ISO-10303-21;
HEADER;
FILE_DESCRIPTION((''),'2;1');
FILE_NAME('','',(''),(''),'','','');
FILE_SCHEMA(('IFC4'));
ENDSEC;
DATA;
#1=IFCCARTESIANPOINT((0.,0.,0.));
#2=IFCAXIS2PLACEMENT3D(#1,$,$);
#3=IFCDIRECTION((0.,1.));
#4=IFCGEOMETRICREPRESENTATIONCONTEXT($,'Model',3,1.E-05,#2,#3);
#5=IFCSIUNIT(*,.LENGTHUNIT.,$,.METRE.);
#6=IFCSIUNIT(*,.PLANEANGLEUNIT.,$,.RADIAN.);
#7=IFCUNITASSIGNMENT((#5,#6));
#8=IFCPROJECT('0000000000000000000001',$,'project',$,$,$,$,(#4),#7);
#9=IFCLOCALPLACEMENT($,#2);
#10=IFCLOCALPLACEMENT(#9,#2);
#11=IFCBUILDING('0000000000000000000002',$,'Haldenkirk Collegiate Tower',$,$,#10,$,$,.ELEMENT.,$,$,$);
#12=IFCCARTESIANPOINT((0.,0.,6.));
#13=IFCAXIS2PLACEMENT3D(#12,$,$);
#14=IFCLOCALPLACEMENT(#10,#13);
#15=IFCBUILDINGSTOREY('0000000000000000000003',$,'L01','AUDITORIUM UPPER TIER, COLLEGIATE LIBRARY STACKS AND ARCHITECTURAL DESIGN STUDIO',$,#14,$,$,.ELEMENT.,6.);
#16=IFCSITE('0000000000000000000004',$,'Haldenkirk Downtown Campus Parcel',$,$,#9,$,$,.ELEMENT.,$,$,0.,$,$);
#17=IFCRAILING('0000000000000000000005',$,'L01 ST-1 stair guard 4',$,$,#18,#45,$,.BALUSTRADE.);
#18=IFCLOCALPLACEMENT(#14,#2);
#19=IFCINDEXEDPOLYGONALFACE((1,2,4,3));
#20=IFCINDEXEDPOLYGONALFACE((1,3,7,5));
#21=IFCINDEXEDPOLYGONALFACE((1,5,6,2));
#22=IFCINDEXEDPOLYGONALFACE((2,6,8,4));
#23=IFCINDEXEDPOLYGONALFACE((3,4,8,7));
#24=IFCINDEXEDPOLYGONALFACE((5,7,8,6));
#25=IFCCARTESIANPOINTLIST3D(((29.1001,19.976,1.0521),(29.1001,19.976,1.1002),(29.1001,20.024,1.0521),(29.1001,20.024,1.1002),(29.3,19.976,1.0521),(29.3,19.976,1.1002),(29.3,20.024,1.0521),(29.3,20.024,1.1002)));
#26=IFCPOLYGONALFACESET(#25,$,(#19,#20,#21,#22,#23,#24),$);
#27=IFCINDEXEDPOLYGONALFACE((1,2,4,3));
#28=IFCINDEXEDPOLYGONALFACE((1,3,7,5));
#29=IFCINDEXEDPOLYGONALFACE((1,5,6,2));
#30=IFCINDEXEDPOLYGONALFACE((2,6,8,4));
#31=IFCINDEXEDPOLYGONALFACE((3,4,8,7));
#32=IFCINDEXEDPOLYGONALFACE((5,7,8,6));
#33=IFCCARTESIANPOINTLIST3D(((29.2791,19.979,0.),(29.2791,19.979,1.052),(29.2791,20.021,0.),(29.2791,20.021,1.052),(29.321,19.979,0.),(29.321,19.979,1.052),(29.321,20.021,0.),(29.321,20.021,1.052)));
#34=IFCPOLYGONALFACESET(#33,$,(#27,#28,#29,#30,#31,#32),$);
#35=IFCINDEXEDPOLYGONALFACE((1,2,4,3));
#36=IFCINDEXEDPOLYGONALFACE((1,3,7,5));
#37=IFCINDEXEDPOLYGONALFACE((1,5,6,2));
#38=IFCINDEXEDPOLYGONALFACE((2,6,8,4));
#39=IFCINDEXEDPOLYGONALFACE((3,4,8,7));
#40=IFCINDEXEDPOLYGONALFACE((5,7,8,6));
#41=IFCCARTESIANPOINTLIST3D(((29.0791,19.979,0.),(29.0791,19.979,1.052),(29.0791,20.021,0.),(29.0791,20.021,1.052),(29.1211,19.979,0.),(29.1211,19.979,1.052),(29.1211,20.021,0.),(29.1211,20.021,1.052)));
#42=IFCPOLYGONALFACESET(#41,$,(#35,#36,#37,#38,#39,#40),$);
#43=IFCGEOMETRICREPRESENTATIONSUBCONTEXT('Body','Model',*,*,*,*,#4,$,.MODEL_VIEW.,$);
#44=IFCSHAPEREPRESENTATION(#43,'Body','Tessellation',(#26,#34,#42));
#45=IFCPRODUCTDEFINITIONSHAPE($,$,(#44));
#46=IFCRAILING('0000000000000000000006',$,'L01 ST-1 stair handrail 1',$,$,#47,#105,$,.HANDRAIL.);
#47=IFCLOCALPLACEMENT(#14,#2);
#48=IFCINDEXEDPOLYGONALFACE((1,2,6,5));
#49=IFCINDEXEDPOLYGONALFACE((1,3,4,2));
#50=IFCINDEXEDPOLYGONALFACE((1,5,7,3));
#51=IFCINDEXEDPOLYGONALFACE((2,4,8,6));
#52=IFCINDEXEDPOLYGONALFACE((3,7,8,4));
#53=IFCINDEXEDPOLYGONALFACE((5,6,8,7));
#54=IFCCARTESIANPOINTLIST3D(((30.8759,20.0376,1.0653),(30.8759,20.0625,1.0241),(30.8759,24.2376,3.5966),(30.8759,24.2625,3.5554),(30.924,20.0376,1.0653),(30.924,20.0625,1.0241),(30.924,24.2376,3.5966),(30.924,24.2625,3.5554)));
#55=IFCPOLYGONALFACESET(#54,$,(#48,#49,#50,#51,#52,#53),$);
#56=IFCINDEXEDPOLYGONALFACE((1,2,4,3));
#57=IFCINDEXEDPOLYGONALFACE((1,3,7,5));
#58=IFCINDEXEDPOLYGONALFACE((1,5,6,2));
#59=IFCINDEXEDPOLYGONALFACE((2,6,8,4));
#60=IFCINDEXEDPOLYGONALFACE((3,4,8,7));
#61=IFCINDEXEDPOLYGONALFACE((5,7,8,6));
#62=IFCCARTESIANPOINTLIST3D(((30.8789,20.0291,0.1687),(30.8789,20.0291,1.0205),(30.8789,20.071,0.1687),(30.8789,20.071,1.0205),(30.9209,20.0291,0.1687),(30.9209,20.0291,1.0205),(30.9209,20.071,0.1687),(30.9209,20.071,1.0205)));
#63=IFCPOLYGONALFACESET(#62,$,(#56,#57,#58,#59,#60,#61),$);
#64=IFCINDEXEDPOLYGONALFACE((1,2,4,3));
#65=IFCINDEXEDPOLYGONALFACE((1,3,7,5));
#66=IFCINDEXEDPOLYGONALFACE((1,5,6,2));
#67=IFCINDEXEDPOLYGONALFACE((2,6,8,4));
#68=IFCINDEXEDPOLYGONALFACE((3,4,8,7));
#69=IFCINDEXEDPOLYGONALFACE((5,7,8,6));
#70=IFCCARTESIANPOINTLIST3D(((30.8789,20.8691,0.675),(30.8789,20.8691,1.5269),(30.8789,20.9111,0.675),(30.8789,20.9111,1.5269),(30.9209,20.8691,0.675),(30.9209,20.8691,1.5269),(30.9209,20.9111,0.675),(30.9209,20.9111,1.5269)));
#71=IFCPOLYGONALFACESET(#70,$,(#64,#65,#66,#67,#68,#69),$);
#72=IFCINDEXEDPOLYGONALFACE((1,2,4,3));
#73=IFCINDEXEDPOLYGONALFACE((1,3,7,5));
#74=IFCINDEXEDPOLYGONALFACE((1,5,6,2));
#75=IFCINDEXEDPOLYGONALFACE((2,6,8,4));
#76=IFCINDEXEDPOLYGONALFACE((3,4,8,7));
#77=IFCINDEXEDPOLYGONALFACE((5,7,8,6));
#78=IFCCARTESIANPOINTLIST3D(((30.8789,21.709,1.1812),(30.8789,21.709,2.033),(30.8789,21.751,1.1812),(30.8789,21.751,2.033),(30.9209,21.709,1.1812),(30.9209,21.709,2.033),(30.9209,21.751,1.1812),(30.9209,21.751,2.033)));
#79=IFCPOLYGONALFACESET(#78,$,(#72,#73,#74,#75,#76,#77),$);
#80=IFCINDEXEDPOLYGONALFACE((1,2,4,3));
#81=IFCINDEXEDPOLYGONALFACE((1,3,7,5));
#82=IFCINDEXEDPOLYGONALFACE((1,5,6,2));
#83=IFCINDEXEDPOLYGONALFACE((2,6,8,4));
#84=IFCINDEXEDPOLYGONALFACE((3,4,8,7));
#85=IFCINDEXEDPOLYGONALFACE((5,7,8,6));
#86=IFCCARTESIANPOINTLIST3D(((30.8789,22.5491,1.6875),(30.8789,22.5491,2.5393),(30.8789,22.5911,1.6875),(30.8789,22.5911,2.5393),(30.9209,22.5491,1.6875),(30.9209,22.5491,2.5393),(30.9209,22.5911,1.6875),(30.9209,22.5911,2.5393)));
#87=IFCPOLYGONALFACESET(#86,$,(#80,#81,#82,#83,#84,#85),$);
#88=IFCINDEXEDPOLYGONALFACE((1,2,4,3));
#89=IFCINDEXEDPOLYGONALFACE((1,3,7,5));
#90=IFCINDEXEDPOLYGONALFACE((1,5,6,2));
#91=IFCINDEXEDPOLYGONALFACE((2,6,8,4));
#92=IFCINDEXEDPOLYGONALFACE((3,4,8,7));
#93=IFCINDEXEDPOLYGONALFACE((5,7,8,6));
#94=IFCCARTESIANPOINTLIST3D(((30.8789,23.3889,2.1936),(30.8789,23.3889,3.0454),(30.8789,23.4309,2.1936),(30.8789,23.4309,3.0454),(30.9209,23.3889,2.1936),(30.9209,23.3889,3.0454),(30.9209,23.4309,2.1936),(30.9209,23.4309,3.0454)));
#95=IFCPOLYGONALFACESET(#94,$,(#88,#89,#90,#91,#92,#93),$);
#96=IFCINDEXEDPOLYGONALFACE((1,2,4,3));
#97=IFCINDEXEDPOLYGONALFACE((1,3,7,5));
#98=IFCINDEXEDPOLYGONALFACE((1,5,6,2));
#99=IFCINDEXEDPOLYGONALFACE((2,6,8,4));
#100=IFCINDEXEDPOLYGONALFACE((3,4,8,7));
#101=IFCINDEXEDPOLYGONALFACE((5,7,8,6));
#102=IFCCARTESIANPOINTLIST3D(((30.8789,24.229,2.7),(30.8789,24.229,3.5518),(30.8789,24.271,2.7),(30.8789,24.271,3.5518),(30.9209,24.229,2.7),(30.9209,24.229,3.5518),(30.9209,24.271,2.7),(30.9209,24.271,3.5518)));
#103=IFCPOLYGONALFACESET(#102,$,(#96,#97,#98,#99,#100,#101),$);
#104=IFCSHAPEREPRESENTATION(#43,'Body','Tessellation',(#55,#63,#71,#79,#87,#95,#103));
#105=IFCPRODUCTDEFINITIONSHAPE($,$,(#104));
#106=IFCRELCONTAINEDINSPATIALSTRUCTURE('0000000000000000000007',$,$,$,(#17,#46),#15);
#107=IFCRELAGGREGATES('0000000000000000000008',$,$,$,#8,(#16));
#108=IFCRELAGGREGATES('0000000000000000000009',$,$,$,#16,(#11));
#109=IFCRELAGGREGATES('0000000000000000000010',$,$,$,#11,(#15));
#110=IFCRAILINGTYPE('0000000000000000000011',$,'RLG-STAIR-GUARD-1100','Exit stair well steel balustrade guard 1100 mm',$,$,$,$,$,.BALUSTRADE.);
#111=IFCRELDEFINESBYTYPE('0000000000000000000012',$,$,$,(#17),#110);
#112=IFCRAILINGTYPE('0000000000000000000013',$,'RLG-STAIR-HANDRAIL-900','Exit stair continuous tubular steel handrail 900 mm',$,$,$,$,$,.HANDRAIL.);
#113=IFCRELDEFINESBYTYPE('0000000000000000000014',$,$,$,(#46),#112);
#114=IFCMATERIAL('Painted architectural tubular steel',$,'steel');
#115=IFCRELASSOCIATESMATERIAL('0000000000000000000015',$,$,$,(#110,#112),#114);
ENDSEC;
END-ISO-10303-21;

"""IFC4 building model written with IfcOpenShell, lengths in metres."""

from ifc_helpers import new_model, si_unit, direction, frame, origin, origin_2d, place, context, subcontext, project, spatial, rectangle, extrude, material, type_object, element, save


model = new_model("IFC4")

# Units and contexts
model_context = context("Model", 3, precision=1e-05, world=origin(), true_north=direction((0.0, 1.0)))
body_context = subcontext(model_context, "Body", "Model", "MODEL_VIEW")
ifc_project = project(units=[si_unit("LENGTHUNIT", "METRE"), si_unit("PLANEANGLEUNIT", "RADIAN")], contexts=[model_context])

# Site, building, storey
site_placement = place(None, origin())
site = spatial("IfcSite", under=ifc_project, at=site_placement, Name="Haldenkirk Downtown Campus Parcel", CompositionType="ELEMENT", RefElevation=0.0)
building_placement = place(site_placement, origin())
building = spatial("IfcBuilding", under=site, at=building_placement, Name="Haldenkirk Collegiate Tower", CompositionType="ELEMENT")
storey_placement = place(building_placement, frame((0.0, 0.0, 6.0)))
storey = spatial("IfcBuildingStorey", under=building, at=storey_placement, Name="L01", Description="AUDITORIUM UPPER TIER, COLLEGIATE LIBRARY STACKS AND ARCHITECTURAL DESIGN STUDIO", CompositionType="ELEMENT", Elevation=6.0)

# Railings
ifc_material_1 = material(Name="Painted architectural tubular steel", Category="steel")
railing_type_1 = type_object("IfcRailingType", Name="RLG-STAIR-GUARD-1100", Description="Exit stair well steel balustrade guard 1100 mm", PredefinedType="BALUSTRADE", material=ifc_material_1)
railing_1_placement = place(storey_placement, frame((29.3, 20.0, 0.0)))
element("IfcRailing", 1, at=railing_1_placement, inside=storey, type_object=railing_type_1, Name="L01 ST-1 stair guard 4", PredefinedType="BALUSTRADE", context=body_context, shape_type="SweptSolid", body=[
    extrude(rectangle(XDim=0.0481, YDim=0.0481, at=origin_2d()), frame((0.0, 0.0, 1.0762), z_axis=(-1.0, 0.0, 0.0), x_axis=(0.0, -1.0, 0.0)), (0.0, 0.0, 1.0), 0.2),
    extrude(rectangle(XDim=0.042, YDim=0.042, at=origin_2d()), origin(), (0.0, 0.0, 1.0), 1.052),
    extrude(rectangle(XDim=0.042, YDim=0.042, at=origin_2d()), frame((-0.2, 0.0, 0.0)), (0.0, 0.0, 1.0), 1.052),
])
railing_type_2 = type_object("IfcRailingType", Name="RLG-STAIR-HANDRAIL-900", Description="Exit stair continuous tubular steel handrail 900 mm", PredefinedType="HANDRAIL", material=ifc_material_1)
railing_2_placement = place(storey_placement, frame((30.8999, 20.05, 0.1687)))
element("IfcRailing", 2, at=railing_2_placement, inside=storey, type_object=railing_type_2, Name="L01 ST-1 stair handrail 1", PredefinedType="HANDRAIL", context=body_context, shape_type="SweptSolid", body=[
    extrude(rectangle(XDim=0.0481, YDim=0.0481, at=origin_2d()), frame((0.0, 0.0, 0.876), z_axis=(0.0, 0.856476, 0.516186), x_axis=(-1.0, 0.0, 0.0)), (0.0, 0.0, 1.0), 4.9038),
    extrude(rectangle(XDim=0.042, YDim=0.042, at=origin_2d()), origin(), (0.0, 0.0, 1.0), 0.8518),
    extrude(rectangle(XDim=0.042, YDim=0.042, at=origin_2d()), frame((0.0, 0.8401, 0.5063)), (0.0, 0.0, 1.0), 0.8518),
    extrude(rectangle(XDim=0.042, YDim=0.042, at=origin_2d()), frame((0.0, 1.6799, 1.0125)), (0.0, 0.0, 1.0), 0.8518),
    extrude(rectangle(XDim=0.042, YDim=0.042, at=origin_2d()), frame((0.0, 2.52, 1.5188)), (0.0, 0.0, 1.0), 0.8518),
    extrude(rectangle(XDim=0.042, YDim=0.042, at=origin_2d()), frame((0.0, 3.3599, 2.0249)), (0.0, 0.0, 1.0), 0.8518),
    extrude(rectangle(XDim=0.042, YDim=0.042, at=origin_2d()), frame((0.0, 4.2, 2.5312)), (0.0, 0.0, 1.0), 0.8518),
])

save(model, "model.ifc")
